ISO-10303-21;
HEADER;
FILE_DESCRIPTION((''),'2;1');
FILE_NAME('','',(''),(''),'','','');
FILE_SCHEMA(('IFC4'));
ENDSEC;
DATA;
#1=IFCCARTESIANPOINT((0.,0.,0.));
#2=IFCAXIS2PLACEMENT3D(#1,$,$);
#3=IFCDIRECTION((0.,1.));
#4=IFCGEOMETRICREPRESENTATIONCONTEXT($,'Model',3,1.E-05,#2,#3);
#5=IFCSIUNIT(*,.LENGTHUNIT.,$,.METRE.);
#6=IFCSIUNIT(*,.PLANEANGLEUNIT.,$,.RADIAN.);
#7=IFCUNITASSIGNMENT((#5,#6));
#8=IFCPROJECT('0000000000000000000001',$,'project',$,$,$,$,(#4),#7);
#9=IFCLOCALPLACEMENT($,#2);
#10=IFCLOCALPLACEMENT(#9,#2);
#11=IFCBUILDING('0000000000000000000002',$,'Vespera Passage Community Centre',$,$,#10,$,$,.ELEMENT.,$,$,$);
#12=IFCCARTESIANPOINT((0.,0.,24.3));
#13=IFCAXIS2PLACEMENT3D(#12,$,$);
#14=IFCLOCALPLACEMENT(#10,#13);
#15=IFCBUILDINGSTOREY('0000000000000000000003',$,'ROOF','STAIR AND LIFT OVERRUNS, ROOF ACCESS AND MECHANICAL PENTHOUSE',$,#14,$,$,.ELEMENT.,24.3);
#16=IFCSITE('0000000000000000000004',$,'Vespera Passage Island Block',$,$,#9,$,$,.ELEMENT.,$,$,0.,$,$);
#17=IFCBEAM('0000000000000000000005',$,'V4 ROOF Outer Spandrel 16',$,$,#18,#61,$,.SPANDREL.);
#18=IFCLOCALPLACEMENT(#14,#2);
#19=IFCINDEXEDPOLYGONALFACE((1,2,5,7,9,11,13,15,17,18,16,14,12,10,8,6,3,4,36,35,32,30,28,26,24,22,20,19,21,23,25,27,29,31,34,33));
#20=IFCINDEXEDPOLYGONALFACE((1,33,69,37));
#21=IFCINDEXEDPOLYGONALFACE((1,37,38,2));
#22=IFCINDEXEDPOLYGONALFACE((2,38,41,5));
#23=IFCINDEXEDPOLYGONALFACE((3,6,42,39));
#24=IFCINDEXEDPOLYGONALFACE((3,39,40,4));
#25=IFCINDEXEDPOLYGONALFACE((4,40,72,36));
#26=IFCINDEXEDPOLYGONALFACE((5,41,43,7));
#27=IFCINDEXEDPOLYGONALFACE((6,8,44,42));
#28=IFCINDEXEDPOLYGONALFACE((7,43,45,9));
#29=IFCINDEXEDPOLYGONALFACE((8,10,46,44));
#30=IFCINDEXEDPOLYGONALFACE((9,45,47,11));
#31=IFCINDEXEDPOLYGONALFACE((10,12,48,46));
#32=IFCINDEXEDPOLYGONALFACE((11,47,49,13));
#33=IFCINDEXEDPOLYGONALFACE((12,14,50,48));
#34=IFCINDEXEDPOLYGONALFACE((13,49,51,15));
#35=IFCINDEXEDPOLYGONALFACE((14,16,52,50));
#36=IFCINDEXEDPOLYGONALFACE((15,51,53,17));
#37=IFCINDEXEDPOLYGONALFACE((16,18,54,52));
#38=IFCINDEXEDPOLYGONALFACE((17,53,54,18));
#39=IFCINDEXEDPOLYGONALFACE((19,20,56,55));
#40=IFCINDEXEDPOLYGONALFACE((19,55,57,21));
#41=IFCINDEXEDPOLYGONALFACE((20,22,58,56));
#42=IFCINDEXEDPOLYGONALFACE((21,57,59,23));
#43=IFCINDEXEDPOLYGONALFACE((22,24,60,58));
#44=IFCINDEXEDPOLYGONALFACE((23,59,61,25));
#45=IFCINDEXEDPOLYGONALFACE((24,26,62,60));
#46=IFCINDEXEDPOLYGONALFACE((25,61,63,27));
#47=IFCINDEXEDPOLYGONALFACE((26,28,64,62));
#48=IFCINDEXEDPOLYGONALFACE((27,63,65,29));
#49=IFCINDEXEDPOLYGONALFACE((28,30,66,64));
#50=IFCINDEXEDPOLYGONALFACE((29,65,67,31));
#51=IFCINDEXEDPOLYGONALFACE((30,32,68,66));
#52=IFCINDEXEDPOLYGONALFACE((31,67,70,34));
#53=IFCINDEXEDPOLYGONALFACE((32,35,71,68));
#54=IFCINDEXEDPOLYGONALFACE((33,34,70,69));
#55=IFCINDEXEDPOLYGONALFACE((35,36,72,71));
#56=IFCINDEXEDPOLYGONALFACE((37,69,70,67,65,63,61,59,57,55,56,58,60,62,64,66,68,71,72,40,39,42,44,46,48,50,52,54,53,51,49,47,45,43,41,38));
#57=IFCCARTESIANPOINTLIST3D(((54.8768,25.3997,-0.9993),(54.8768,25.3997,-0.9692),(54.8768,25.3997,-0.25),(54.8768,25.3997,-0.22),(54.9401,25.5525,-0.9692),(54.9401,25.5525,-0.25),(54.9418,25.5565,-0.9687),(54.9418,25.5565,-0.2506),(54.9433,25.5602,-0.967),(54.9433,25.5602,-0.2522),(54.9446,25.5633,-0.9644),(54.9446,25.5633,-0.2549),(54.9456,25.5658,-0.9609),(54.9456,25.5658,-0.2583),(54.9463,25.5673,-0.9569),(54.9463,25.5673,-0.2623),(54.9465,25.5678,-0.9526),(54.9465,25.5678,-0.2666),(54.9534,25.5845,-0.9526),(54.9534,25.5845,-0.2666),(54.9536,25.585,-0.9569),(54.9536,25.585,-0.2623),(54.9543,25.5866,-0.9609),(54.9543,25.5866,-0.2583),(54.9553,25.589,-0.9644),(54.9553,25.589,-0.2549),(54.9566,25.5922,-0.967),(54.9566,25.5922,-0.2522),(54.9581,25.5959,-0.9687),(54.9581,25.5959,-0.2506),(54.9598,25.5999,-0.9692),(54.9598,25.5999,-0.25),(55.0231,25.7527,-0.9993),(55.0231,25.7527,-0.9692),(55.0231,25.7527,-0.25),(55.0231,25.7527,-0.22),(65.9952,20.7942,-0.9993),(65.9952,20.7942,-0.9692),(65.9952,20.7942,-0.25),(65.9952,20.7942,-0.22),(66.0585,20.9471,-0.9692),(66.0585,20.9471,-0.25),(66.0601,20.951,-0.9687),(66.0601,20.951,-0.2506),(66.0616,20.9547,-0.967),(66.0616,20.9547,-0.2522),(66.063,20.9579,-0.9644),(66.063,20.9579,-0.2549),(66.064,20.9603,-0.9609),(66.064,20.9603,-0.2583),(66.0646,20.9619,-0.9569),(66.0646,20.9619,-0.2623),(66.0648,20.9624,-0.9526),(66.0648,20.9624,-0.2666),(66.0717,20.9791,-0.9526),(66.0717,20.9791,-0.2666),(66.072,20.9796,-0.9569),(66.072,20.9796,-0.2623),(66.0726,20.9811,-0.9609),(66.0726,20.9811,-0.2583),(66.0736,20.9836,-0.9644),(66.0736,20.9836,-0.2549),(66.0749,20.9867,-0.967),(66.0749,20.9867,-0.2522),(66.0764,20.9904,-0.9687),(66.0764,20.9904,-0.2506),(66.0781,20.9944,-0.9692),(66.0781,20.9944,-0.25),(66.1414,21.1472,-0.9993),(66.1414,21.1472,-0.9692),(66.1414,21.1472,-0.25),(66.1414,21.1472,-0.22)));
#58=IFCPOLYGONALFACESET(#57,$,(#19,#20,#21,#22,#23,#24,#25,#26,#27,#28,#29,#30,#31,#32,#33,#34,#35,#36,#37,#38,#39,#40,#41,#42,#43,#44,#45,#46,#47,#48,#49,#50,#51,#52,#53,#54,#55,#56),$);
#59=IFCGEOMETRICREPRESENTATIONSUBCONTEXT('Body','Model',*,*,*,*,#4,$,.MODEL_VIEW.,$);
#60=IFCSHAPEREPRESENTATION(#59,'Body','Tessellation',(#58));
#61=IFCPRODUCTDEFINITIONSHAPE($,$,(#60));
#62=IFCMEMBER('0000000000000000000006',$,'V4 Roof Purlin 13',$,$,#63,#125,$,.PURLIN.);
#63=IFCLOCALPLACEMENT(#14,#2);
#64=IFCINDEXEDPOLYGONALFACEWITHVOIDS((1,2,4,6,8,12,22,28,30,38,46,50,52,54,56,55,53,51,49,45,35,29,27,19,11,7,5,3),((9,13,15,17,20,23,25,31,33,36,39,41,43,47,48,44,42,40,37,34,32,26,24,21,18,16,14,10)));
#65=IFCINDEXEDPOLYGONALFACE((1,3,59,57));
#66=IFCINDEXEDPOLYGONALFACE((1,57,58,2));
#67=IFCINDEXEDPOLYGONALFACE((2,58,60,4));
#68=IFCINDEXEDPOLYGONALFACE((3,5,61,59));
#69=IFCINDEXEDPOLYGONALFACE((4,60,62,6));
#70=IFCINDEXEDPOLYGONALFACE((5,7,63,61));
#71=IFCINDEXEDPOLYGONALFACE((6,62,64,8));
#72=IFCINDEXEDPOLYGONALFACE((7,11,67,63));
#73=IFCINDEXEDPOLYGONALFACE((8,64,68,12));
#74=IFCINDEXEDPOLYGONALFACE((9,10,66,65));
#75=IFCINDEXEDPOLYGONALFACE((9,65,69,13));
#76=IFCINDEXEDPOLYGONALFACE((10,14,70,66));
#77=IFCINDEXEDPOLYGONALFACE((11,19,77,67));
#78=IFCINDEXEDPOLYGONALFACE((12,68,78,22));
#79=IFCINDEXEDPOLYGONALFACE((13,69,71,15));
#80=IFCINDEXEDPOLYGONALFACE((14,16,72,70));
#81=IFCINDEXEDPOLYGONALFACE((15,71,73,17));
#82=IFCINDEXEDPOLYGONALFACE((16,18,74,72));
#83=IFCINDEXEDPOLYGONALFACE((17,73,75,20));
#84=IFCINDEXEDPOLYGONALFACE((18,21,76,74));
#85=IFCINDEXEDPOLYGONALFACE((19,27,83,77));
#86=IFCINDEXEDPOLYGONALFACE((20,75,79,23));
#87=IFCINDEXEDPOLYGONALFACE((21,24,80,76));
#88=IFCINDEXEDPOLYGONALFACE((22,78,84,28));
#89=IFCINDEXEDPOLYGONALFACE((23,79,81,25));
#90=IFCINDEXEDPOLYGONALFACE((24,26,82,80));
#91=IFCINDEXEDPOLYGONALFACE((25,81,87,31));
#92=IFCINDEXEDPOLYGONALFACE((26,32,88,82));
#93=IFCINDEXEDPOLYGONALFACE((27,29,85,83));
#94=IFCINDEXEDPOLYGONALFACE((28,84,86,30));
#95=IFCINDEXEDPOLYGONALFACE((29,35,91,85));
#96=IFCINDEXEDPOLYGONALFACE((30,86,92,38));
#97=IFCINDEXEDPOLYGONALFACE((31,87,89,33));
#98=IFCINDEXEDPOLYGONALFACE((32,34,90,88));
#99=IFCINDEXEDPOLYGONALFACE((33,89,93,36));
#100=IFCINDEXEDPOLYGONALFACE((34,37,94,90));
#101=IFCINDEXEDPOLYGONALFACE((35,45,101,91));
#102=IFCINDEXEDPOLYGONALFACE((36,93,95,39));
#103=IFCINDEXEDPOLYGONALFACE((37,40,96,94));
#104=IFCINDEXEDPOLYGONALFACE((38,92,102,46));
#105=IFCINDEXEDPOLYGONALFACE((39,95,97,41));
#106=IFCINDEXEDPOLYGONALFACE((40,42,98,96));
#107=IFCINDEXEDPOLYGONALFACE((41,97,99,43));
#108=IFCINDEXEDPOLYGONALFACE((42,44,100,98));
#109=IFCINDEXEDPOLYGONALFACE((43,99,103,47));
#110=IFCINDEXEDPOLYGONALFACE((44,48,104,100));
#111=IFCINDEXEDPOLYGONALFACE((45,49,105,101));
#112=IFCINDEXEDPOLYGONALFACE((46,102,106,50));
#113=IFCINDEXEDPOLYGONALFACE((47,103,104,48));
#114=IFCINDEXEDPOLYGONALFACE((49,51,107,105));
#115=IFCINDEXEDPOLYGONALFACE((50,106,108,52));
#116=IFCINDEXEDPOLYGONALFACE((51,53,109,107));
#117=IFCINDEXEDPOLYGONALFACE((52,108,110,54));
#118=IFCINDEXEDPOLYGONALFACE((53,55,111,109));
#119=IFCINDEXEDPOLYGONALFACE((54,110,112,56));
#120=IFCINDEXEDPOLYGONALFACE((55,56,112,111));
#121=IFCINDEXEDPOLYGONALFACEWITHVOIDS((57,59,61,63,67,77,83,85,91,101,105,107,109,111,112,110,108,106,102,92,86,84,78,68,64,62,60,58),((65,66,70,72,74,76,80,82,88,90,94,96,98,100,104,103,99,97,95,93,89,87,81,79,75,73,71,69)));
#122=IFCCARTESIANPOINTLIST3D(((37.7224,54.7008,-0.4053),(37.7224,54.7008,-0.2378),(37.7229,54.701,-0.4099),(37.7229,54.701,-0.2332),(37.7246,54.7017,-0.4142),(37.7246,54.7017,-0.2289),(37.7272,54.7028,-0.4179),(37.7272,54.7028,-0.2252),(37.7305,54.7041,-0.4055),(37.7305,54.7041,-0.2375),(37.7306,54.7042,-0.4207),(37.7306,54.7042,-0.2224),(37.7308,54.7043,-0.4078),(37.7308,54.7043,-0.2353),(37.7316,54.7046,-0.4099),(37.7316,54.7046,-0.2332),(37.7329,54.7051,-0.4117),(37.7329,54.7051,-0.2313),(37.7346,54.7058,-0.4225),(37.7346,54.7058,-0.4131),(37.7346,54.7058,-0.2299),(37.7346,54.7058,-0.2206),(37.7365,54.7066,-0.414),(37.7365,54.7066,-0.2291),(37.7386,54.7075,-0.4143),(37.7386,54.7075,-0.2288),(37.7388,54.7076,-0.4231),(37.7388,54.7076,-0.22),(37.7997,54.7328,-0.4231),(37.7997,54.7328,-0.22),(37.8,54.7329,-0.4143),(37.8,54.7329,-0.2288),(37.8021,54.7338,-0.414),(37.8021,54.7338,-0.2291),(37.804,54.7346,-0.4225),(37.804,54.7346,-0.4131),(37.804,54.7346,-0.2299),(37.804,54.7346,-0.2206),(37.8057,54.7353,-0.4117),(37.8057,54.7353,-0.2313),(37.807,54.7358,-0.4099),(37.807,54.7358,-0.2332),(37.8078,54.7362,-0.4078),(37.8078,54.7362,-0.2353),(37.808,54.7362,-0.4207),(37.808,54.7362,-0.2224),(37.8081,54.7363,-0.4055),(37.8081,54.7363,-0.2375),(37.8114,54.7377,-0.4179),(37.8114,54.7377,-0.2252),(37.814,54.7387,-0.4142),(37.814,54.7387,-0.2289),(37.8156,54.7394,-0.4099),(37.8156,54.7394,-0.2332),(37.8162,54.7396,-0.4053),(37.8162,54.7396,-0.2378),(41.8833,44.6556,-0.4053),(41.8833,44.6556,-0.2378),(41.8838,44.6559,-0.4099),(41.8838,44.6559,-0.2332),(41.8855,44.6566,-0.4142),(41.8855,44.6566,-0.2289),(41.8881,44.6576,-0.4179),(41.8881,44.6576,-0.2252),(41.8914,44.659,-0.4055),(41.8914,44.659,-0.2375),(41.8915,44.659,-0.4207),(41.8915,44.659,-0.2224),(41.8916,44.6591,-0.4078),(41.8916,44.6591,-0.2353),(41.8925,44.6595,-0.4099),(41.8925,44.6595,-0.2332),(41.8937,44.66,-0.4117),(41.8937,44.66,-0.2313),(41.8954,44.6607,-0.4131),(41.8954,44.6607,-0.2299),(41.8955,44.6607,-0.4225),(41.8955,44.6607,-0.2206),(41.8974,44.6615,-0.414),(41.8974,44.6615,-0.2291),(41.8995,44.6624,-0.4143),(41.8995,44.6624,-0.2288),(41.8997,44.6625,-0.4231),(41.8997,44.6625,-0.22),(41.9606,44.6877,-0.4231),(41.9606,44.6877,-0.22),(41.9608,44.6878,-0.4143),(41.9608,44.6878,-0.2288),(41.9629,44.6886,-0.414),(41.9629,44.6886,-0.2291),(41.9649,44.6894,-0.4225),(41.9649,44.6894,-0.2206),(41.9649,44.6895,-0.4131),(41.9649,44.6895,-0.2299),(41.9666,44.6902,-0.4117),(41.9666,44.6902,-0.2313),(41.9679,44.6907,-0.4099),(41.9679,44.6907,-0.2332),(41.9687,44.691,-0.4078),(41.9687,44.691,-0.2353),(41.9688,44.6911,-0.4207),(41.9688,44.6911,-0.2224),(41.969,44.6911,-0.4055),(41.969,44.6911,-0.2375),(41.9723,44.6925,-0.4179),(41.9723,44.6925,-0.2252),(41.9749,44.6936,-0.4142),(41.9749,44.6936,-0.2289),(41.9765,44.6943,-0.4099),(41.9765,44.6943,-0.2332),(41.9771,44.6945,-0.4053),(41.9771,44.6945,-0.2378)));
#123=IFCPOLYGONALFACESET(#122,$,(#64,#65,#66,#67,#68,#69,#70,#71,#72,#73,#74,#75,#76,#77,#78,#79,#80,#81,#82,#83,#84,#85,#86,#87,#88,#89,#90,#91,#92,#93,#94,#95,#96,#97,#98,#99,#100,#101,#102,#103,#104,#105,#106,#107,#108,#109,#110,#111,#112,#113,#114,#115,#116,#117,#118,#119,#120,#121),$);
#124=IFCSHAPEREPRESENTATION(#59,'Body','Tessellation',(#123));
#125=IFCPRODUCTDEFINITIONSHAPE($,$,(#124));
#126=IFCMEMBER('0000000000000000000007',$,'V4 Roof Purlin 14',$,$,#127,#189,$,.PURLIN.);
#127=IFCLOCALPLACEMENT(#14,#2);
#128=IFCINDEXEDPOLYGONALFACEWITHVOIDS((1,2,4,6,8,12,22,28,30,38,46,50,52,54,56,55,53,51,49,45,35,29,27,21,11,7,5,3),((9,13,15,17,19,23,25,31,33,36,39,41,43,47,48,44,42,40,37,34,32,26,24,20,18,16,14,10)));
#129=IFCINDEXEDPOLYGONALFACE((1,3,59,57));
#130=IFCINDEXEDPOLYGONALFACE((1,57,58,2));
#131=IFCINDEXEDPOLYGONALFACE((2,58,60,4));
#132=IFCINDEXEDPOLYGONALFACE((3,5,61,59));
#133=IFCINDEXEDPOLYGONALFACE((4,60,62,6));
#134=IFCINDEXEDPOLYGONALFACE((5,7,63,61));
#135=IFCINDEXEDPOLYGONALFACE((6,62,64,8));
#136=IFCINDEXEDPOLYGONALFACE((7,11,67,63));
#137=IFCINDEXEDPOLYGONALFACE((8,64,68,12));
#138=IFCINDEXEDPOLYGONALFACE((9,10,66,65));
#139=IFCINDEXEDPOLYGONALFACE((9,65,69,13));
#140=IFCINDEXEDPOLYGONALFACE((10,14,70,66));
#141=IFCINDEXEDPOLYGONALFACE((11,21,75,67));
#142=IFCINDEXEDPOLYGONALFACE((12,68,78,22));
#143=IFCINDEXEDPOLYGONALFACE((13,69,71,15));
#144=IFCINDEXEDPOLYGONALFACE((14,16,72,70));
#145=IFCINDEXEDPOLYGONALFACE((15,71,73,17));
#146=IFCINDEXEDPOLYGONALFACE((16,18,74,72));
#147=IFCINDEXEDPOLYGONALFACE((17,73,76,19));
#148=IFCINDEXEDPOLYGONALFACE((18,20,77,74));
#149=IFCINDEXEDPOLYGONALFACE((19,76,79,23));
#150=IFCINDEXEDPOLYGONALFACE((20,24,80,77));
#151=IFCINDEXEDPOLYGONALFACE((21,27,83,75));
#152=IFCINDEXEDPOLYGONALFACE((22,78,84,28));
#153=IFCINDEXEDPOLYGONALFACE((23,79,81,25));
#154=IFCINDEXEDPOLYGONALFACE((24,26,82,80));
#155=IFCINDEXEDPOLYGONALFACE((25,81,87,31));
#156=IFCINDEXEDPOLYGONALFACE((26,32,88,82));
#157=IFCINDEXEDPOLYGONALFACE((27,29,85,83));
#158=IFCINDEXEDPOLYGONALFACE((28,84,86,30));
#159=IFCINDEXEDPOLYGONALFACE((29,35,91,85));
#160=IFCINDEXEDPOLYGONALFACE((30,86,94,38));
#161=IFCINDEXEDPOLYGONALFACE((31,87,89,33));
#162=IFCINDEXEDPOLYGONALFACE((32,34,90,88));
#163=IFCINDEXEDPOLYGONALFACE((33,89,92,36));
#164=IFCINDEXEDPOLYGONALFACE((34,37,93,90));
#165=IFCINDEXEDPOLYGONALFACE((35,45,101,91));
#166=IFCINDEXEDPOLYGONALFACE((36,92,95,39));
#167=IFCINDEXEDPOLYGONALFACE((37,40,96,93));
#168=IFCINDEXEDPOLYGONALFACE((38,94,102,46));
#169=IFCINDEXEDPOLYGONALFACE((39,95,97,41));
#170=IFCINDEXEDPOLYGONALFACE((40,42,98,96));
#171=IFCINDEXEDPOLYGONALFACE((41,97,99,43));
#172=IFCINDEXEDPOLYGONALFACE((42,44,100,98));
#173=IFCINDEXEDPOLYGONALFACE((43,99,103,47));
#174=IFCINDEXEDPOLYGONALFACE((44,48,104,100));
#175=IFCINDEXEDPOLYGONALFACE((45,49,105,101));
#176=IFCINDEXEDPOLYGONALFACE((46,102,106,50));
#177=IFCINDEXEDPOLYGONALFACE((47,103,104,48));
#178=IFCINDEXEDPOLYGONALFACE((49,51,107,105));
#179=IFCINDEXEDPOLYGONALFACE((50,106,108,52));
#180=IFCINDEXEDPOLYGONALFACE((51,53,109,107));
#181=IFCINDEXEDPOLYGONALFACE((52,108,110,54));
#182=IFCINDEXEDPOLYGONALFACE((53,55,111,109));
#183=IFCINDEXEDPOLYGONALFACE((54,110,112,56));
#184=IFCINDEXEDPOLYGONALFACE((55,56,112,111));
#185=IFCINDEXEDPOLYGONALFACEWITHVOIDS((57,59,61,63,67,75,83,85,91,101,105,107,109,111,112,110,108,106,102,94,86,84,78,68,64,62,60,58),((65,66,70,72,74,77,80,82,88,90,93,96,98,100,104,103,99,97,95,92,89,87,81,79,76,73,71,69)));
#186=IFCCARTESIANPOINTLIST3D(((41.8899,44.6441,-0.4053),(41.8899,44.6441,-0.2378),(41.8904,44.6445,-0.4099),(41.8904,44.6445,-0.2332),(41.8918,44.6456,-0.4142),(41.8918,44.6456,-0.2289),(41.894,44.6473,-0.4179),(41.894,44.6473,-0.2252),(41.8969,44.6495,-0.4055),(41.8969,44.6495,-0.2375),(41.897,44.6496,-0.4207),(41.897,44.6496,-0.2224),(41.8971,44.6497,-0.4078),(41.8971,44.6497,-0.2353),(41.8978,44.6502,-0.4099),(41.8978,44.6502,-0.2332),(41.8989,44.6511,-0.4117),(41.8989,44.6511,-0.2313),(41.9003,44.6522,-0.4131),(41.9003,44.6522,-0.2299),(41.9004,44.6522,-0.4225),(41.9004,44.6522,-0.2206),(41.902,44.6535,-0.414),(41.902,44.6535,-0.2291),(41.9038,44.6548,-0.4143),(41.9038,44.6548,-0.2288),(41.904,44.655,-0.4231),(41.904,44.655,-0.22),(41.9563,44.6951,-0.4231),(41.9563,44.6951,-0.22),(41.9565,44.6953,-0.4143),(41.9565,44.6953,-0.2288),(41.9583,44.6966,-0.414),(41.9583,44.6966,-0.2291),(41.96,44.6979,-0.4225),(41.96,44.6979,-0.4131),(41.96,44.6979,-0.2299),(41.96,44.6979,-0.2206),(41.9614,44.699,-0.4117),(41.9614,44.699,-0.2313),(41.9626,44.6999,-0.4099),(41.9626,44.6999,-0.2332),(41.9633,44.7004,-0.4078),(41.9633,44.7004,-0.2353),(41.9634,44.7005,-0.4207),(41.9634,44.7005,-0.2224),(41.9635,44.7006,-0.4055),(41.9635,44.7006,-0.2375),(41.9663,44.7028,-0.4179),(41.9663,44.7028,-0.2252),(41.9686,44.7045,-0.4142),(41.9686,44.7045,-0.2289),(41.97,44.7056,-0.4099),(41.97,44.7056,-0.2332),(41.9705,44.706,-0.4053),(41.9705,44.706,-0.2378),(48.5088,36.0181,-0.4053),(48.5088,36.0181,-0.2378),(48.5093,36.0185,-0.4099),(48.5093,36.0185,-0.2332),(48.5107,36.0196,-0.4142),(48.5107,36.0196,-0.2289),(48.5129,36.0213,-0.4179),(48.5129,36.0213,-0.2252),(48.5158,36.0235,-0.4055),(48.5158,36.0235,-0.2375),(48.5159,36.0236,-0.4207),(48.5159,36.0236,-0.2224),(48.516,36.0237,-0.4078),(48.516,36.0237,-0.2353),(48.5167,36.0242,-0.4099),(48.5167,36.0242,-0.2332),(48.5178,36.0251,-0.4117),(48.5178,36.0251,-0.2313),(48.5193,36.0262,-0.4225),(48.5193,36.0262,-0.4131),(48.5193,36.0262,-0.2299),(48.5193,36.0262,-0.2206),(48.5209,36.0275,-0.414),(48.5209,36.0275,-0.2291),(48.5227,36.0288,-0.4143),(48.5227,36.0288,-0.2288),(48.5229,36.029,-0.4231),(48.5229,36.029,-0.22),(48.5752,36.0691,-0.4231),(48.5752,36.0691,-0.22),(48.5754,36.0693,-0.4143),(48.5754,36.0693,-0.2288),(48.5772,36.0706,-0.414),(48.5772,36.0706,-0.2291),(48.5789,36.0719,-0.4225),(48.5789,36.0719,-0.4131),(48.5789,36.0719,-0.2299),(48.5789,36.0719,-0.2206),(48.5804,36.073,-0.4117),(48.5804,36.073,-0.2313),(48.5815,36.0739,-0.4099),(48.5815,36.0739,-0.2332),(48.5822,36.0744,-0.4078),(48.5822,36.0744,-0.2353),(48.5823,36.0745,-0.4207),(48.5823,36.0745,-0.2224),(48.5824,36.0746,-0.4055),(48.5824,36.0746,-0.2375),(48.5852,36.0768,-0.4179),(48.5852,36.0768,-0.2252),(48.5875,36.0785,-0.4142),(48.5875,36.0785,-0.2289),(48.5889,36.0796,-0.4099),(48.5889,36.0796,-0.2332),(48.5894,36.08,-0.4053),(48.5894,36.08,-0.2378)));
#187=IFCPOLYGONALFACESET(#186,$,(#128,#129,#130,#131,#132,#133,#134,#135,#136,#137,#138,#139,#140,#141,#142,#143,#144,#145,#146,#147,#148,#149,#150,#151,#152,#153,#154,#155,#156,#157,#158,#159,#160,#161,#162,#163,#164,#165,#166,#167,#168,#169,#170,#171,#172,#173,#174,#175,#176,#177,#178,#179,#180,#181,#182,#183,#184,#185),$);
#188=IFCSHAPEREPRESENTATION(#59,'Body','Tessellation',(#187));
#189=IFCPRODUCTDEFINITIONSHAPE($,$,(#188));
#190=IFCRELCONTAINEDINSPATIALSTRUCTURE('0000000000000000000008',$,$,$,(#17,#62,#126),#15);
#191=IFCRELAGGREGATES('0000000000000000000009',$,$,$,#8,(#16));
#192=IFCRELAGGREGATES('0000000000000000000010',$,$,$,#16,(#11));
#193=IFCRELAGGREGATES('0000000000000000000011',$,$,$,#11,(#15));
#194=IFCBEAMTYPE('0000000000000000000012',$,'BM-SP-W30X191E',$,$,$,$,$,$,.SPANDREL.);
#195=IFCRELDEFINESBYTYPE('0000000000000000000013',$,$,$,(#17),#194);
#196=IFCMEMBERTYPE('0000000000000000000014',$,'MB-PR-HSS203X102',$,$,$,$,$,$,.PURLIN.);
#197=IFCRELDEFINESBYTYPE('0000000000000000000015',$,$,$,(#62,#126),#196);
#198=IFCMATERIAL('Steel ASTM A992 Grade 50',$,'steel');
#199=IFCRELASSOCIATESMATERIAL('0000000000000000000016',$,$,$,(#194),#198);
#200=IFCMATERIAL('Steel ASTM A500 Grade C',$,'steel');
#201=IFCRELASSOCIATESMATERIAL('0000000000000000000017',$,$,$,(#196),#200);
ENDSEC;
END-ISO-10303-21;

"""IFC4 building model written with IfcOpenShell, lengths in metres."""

from ifc_helpers import new_model, si_unit, direction, frame, origin, origin_2d, place, context, subcontext, project, spatial, hollow_rectangle, i_section, extrude, material, material_profile, profile_set, type_object, element, save


model = new_model("IFC4")

# Units and contexts
model_context = context("Model", 3, precision=1e-05, world=origin(), true_north=direction((0.0, 1.0)))
body_context = subcontext(model_context, "Body", "Model", "MODEL_VIEW")
ifc_project = project(units=[si_unit("LENGTHUNIT", "METRE"), si_unit("PLANEANGLEUNIT", "RADIAN")], contexts=[model_context])

# Site, building, storey
site_placement = place(None, origin())
site = spatial("IfcSite", under=ifc_project, at=site_placement, Name="Vespera Passage Island Block", CompositionType="ELEMENT", RefElevation=0.0)
building_placement = place(site_placement, origin())
building = spatial("IfcBuilding", under=site, at=building_placement, Name="Vespera Passage Community Centre", CompositionType="ELEMENT")
storey_placement = place(building_placement, frame((0.0, 0.0, 24.3)))
storey = spatial("IfcBuildingStorey", under=building, at=storey_placement, Name="ROOF", Description="STAIR AND LIFT OVERRUNS, ROOF ACCESS AND MECHANICAL PENTHOUSE", CompositionType="ELEMENT", Elevation=24.3)

# Beam
ifc_material_1 = material(Name="Steel ASTM A992 Grade 50", Category="steel")
ifc_material_profile_1 = material_profile(ifc_material_1, i_section(OverallWidth=0.3821, OverallDepth=0.7793, WebThickness=0.0181, FlangeThickness=0.03, FilletRadius=0.0166, at=origin_2d()), Name="W30X191")
ifc_profile_set_1 = profile_set([ifc_material_profile_1], Name="Steel ASTM A992 Grade 50")
beam_type_1 = type_object("IfcBeamType", Name="BM-SP-W30X191E", PredefinedType="SPANDREL", material=ifc_profile_set_1)
for number, where, z_axis, x_axis, name in (
    (1, (54.95, 25.5762, -0.6096), (0.923877, -0.382689, 0.0), (0.382689, 0.923877, 0.0), "V4 ROOF Outer Spandrel 16"),
):
    element("IfcBeam", number, at=place(storey_placement, frame(where, z_axis=z_axis, x_axis=x_axis)), inside=storey, type_object=beam_type_1, Name=name, PredefinedType="SPANDREL", context=body_context, shape_type="SweptSolid", body=[
        extrude(i_section(OverallWidth=0.3821, OverallDepth=0.7793, WebThickness=0.0181, FlangeThickness=0.03, FilletRadius=0.0166, at=origin_2d()), origin(), (0.0, 0.0, 1.0), 12.0344),
    ])

# Members
ifc_material_2 = material(Name="Steel ASTM A500 Grade C", Category="steel")
ifc_material_profile_2 = material_profile(ifc_material_2, hollow_rectangle(XDim=0.1016, YDim=0.2031, WallThickness=0.0088, InnerFilletRadius=0.0088, OuterFilletRadius=0.0178, at=origin_2d()), Name="HSS203X102X9.5")
ifc_profile_set_2 = profile_set([ifc_material_profile_2], Name="Steel ASTM A500 Grade C")
member_type = type_object("IfcMemberType", Name="MB-PR-HSS203X102", PredefinedType="PURLIN", material=ifc_profile_set_2)
for number, where, z_axis, x_axis, name in (
    (2, (37.7693, 54.7202, -0.3215), (0.382687, -0.923878, 0.0), (0.923878, 0.382687, 0.0), "V4 Roof Purlin 13"),
    (3, (41.9302, 44.675, -0.3215), (0.608759, -0.793355, 0.0), (0.793355, 0.608759, 0.0), "V4 Roof Purlin 14"),
):
    element("IfcMember", number, at=place(storey_placement, frame(where, z_axis=z_axis, x_axis=x_axis)), inside=storey, type_object=member_type, Name=name, PredefinedType="PURLIN", context=body_context, shape_type="SweptSolid", body=[
        extrude(hollow_rectangle(XDim=0.1016, YDim=0.2031, WallThickness=0.0088, InnerFilletRadius=0.0088, OuterFilletRadius=0.0178, at=origin_2d()), origin(), (0.0, 0.0, 1.0), 10.8728),
    ])

save(model, "model.ifc")
